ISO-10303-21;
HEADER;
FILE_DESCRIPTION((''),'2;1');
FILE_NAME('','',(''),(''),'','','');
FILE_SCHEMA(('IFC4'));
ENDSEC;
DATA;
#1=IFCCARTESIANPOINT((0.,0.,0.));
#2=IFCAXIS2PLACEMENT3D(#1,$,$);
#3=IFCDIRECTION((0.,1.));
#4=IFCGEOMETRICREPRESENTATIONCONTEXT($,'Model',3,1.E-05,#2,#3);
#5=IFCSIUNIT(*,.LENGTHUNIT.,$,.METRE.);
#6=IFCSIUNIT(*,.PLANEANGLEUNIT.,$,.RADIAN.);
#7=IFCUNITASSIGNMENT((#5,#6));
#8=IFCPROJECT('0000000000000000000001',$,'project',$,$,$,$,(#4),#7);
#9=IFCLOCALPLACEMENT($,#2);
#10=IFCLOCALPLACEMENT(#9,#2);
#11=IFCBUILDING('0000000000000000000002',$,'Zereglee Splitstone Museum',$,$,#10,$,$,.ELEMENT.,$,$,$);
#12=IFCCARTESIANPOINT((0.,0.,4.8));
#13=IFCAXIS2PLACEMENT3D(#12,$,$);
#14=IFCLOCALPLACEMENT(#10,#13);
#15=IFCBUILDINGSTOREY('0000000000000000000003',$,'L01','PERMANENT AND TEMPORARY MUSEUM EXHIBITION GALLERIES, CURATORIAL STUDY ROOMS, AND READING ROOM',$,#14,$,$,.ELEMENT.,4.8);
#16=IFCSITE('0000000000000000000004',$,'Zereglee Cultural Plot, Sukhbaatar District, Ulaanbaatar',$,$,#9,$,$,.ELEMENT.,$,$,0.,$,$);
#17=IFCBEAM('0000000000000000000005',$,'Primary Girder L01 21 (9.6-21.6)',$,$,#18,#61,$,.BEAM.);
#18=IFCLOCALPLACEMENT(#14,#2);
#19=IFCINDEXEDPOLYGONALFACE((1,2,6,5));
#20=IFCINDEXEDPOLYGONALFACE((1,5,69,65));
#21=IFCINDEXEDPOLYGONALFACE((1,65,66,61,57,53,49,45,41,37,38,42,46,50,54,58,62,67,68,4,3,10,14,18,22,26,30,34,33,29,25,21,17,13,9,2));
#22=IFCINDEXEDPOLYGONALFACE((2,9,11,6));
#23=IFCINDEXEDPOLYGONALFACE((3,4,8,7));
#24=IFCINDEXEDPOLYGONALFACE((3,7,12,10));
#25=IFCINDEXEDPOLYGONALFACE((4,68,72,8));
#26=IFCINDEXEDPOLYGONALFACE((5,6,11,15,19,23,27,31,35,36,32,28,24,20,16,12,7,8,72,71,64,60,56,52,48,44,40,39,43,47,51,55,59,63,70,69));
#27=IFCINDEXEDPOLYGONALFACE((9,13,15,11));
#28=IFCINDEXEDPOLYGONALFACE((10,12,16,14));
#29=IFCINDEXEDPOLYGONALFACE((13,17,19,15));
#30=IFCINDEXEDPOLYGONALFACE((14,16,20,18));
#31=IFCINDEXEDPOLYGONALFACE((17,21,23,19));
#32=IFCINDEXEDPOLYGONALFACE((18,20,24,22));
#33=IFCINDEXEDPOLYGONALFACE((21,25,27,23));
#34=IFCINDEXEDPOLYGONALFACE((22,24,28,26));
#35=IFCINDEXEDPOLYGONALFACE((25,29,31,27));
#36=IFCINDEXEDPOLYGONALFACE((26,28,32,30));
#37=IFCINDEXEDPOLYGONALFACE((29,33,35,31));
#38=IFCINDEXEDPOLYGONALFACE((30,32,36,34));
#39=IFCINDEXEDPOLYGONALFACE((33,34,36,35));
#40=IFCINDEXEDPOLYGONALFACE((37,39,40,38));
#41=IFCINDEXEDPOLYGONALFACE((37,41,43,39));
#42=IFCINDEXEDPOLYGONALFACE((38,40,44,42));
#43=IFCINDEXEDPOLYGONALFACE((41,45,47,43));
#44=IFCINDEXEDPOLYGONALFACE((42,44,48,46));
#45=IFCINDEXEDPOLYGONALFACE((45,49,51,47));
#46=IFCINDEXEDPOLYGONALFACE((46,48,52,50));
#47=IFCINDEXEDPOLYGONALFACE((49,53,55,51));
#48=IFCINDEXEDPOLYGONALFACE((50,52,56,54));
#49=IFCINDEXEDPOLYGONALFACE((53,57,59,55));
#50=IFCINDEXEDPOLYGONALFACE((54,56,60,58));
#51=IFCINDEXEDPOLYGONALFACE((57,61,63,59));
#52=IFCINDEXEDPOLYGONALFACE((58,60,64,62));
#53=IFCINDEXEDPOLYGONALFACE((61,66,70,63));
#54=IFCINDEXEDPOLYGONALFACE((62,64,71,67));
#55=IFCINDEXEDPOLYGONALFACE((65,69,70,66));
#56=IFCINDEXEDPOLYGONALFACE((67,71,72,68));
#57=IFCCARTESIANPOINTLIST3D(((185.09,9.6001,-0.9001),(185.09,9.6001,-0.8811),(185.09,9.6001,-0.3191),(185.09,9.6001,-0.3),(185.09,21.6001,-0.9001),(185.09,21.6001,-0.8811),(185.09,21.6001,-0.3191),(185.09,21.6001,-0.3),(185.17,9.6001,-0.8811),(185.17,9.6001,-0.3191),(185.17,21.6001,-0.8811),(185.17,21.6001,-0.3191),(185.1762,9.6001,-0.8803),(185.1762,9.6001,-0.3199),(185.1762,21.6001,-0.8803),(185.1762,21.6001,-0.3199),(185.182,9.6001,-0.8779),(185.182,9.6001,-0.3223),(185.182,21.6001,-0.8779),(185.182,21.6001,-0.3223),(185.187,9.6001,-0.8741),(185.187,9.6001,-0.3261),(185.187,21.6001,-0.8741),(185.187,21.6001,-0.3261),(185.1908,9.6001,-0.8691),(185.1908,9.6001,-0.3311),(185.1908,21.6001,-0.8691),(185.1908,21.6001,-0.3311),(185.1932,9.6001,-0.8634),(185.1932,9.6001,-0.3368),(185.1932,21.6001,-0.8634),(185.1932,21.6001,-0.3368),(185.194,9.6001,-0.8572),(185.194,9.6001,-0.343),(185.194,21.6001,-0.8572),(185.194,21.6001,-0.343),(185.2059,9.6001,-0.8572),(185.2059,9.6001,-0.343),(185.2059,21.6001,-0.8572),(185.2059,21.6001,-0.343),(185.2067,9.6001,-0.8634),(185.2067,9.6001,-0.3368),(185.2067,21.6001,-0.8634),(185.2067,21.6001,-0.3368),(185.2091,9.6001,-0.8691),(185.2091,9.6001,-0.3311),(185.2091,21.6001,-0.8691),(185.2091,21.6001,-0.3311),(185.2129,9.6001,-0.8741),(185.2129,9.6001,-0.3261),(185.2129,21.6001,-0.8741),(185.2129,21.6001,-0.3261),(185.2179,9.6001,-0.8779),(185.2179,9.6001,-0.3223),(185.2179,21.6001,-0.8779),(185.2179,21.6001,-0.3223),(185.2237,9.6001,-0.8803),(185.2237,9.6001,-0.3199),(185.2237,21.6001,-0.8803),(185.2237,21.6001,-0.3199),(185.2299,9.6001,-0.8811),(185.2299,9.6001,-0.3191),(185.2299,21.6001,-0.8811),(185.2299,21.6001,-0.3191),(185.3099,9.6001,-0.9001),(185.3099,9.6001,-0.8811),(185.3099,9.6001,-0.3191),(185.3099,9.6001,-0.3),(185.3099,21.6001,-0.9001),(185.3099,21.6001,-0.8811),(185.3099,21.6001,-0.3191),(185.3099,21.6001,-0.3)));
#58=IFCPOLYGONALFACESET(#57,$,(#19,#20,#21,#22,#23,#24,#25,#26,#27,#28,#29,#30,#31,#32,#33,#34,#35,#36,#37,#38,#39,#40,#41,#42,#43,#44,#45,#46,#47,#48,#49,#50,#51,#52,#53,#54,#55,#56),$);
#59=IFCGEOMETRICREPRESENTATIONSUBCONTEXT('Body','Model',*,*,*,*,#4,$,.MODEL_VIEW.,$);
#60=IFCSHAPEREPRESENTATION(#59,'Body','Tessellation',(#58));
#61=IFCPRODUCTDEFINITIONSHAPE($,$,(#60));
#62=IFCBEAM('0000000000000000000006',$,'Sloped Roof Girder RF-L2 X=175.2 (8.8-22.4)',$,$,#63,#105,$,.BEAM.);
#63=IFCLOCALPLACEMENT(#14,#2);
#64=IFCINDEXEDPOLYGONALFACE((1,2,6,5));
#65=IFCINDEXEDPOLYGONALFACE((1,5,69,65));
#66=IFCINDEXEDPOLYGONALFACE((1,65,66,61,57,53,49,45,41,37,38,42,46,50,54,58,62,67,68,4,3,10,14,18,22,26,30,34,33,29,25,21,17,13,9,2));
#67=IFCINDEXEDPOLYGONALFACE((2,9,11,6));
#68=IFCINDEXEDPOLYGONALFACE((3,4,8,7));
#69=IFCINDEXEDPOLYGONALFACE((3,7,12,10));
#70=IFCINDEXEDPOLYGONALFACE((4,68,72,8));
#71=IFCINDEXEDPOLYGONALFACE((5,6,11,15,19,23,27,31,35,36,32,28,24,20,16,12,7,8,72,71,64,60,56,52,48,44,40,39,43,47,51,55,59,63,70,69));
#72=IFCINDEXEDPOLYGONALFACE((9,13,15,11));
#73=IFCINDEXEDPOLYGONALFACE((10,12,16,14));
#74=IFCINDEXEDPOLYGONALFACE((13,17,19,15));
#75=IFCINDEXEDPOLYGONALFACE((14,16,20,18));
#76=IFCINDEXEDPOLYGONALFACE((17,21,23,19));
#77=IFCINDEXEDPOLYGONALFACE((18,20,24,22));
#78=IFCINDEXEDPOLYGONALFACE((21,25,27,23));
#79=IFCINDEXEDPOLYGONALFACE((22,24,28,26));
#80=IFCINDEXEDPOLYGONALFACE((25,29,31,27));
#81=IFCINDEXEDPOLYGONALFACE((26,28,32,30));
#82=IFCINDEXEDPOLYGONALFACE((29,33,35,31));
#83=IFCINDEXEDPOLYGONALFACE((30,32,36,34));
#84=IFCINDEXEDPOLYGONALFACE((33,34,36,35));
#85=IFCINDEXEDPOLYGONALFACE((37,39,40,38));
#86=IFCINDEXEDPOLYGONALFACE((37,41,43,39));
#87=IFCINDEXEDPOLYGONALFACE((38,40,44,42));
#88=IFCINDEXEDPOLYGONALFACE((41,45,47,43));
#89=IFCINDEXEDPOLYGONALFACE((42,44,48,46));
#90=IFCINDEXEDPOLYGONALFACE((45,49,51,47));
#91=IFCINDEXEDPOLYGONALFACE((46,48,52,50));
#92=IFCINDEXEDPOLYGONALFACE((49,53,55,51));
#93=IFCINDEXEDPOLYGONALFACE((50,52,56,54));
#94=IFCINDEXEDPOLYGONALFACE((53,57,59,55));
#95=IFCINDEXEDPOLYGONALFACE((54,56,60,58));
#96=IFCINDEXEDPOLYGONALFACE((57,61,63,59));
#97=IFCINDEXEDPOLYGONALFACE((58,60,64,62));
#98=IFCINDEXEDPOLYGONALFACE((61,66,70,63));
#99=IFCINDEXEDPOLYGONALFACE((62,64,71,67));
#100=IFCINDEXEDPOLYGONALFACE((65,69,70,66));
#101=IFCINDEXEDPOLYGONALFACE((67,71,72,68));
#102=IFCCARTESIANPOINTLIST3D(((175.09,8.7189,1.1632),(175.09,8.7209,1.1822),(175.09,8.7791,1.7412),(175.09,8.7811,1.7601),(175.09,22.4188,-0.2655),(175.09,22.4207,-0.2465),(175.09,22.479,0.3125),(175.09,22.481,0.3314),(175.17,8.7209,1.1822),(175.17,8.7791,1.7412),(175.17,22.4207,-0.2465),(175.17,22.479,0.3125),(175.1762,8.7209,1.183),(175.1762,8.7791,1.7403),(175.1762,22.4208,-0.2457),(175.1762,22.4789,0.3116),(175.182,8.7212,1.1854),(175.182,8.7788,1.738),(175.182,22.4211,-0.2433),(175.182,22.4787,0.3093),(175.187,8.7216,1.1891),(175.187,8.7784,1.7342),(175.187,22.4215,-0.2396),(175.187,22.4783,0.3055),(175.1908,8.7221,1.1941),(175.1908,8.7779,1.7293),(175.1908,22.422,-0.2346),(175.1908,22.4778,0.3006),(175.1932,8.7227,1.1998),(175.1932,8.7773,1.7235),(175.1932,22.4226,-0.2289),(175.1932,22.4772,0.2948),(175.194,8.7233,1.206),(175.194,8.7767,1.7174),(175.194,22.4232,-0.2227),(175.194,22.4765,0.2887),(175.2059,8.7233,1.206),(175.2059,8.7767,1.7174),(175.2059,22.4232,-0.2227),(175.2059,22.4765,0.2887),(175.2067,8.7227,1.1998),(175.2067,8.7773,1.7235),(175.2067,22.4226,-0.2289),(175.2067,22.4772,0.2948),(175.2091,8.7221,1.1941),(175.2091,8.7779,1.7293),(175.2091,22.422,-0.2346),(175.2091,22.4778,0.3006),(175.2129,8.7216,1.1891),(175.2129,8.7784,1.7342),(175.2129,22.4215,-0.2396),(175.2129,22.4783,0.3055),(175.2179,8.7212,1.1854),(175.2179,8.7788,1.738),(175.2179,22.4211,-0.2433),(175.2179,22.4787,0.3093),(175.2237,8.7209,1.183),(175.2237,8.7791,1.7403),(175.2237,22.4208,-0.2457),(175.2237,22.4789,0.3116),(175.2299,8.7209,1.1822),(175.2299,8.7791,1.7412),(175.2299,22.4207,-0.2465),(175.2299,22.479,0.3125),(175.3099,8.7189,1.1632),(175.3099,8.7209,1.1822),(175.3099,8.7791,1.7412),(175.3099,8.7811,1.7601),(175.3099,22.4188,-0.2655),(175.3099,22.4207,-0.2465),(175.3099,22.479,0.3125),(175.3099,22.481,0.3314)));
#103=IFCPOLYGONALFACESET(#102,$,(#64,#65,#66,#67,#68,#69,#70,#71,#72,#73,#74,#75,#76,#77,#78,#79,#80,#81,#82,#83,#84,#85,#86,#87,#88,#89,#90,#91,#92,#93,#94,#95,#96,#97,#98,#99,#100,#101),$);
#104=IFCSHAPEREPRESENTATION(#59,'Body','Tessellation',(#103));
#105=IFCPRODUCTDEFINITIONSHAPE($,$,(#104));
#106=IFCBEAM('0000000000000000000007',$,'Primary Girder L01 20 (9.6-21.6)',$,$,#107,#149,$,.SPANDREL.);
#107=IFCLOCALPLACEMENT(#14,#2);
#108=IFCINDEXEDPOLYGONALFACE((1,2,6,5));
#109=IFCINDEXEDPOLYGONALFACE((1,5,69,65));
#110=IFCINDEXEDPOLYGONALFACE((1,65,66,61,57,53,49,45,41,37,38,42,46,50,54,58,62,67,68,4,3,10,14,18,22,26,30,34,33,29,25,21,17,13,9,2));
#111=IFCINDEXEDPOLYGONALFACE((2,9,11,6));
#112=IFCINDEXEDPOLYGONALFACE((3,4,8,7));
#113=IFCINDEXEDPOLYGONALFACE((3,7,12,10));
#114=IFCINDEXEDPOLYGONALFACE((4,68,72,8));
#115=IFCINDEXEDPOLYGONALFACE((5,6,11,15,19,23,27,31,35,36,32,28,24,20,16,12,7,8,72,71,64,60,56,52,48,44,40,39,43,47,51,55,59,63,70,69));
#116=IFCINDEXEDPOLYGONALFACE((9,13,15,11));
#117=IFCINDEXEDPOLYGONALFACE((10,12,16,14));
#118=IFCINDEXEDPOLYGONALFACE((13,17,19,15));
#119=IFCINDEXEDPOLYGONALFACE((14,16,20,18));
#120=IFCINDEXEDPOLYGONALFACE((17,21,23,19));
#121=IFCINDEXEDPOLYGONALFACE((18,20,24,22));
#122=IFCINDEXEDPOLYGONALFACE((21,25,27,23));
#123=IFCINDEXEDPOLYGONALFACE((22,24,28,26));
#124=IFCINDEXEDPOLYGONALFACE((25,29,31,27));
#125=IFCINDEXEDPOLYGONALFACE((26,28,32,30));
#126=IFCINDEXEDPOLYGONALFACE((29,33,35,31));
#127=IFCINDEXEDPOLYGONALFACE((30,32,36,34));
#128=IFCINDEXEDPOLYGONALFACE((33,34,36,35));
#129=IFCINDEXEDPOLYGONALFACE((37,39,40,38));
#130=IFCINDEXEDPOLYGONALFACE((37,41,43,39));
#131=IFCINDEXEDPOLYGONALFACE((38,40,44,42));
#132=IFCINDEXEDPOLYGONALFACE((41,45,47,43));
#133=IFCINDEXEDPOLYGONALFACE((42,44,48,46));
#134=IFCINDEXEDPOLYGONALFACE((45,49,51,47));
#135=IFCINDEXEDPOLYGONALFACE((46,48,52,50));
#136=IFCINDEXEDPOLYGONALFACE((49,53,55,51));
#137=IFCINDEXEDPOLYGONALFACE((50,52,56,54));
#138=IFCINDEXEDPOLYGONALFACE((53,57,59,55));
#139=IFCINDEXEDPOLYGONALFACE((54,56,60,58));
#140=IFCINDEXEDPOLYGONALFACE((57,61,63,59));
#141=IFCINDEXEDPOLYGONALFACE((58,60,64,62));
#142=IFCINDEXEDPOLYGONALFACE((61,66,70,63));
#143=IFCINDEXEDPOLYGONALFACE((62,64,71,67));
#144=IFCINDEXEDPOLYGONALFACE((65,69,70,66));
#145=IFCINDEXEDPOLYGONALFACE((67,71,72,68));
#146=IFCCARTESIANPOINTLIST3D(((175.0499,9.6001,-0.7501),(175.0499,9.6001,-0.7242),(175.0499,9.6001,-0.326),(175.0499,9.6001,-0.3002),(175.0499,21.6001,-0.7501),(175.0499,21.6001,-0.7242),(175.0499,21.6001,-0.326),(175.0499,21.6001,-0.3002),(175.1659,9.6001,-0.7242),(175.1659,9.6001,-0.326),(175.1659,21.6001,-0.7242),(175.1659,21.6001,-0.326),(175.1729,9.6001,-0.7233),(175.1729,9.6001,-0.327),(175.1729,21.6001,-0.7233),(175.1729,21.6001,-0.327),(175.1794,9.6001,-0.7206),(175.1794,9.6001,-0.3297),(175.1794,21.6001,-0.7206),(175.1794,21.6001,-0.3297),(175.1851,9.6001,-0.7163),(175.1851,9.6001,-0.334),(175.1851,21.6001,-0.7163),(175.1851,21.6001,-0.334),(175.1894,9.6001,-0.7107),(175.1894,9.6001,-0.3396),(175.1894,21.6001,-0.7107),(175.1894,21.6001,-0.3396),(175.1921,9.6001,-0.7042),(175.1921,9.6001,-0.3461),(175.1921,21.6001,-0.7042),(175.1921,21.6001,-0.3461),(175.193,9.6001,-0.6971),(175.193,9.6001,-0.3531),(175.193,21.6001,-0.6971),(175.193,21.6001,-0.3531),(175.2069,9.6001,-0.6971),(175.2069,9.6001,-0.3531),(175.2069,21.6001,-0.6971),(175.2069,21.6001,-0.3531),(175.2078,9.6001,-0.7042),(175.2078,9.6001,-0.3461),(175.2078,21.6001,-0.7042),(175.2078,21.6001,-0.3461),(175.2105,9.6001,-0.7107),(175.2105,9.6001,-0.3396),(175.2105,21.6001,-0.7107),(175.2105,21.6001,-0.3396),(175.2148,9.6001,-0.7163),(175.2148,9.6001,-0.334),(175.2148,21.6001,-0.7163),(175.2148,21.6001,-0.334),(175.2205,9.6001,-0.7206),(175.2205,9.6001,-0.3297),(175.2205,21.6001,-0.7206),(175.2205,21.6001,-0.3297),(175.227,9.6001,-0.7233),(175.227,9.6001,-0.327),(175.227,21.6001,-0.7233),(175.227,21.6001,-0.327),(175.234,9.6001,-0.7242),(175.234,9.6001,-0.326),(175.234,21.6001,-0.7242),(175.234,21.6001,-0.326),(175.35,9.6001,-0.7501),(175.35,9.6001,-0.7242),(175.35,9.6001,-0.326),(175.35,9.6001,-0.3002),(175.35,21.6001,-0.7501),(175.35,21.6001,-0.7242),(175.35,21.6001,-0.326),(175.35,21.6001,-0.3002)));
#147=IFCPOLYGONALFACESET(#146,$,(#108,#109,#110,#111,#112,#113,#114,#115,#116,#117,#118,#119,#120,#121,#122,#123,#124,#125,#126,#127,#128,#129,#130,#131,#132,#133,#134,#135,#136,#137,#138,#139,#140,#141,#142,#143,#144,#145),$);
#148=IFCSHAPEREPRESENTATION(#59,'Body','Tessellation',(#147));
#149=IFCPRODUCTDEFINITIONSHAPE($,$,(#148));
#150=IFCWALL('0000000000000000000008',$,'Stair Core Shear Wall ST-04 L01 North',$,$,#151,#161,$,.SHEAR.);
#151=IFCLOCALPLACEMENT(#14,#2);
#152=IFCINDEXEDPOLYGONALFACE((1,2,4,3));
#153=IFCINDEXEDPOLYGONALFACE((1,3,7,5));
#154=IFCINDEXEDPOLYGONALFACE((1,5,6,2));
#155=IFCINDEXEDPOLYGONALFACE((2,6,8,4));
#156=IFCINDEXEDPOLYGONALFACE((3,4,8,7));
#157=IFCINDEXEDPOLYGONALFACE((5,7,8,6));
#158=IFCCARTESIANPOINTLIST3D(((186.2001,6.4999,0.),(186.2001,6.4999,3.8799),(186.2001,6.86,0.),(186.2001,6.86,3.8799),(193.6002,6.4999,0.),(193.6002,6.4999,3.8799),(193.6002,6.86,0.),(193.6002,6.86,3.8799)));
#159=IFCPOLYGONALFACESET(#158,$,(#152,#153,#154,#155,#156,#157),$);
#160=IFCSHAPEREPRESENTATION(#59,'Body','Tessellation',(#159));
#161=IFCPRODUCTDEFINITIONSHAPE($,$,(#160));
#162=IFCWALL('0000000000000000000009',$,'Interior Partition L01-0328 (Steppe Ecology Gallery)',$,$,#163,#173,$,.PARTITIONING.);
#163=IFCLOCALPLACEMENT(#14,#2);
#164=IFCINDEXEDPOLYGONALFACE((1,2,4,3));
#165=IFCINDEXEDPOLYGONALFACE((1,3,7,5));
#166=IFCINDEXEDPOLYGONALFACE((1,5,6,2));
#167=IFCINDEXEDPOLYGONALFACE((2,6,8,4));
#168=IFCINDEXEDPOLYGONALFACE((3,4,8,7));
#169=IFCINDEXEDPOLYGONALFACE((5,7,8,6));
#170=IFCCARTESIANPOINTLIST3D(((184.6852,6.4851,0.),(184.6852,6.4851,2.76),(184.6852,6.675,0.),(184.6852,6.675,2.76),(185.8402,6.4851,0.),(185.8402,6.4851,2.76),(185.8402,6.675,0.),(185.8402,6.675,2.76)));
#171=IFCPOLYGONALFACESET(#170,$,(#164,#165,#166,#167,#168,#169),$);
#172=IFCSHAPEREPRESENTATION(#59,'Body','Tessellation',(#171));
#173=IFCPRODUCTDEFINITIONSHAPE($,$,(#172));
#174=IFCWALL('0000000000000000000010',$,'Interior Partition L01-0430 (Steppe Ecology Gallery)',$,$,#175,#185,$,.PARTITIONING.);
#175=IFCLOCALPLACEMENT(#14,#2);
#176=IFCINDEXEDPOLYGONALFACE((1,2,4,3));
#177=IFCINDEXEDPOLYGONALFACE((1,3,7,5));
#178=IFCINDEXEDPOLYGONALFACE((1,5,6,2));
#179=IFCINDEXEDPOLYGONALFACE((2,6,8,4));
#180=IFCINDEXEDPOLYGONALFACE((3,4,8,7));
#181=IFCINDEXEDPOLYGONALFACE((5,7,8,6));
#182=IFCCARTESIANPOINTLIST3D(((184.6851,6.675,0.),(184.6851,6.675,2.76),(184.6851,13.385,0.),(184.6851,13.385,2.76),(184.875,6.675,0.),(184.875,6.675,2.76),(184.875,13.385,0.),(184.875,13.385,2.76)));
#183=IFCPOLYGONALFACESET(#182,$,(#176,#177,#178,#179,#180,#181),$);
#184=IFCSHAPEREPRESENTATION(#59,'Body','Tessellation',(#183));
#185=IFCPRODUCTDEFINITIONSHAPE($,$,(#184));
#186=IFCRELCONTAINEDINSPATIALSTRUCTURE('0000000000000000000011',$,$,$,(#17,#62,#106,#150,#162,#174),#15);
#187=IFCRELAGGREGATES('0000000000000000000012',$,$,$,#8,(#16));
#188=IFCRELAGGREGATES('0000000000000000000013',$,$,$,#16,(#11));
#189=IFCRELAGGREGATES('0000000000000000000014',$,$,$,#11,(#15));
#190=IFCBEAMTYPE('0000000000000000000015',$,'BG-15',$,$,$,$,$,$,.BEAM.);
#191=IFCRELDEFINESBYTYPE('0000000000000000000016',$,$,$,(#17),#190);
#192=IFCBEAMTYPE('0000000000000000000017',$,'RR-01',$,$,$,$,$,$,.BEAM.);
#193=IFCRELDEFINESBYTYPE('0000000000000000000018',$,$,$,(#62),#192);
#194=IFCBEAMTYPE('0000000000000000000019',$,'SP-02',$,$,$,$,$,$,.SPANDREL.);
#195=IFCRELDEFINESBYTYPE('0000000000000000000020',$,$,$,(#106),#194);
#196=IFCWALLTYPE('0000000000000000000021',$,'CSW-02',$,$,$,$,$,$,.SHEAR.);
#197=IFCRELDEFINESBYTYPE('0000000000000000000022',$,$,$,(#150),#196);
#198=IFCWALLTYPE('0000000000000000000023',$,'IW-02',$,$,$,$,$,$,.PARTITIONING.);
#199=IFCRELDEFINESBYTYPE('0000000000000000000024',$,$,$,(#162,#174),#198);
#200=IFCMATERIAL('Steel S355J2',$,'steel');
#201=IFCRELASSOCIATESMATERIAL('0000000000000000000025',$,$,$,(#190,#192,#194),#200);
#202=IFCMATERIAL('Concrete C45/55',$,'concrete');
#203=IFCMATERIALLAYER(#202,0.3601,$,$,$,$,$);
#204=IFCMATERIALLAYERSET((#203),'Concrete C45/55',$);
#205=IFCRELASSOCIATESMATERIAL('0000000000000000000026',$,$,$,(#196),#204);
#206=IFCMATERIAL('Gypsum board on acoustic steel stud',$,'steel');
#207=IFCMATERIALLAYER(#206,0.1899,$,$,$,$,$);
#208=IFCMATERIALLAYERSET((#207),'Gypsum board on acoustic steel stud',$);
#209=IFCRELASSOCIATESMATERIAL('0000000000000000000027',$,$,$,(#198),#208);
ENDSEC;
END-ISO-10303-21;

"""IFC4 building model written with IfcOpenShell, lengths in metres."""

from ifc_helpers import new_model, si_unit, direction, frame, frame_2d, origin, origin_2d, place, context, subcontext, project, spatial, rectangle, i_section, extrude, material, layer, layer_set, material_profile, profile_set, type_object, element, save


model = new_model("IFC4")

# Units and contexts
model_context = context("Model", 3, precision=1e-05, world=origin(), true_north=direction((0.0, 1.0)))
body_context = subcontext(model_context, "Body", "Model", "MODEL_VIEW")
ifc_project = project(units=[si_unit("LENGTHUNIT", "METRE"), si_unit("PLANEANGLEUNIT", "RADIAN")], contexts=[model_context])

# Site, building, storey
site_placement = place(None, origin())
site = spatial("IfcSite", under=ifc_project, at=site_placement, Name="Zereglee Cultural Plot, Sukhbaatar District, Ulaanbaatar", CompositionType="ELEMENT", RefElevation=0.0)
building_placement = place(site_placement, origin())
building = spatial("IfcBuilding", under=site, at=building_placement, Name="Zereglee Splitstone Museum", CompositionType="ELEMENT")
storey_placement = place(building_placement, frame((0.0, 0.0, 4.8)))
storey = spatial("IfcBuildingStorey", under=building, at=storey_placement, Name="L01", Description="PERMANENT AND TEMPORARY MUSEUM EXHIBITION GALLERIES, CURATORIAL STUDY ROOMS, AND READING ROOM", CompositionType="ELEMENT", Elevation=4.8)

# Shared definitions
ifc_material_1 = material(Name="Steel S355J2", Category="steel")

# Beams
ifc_material_profile_1 = material_profile(ifc_material_1, i_section(OverallWidth=0.22, OverallDepth=0.6001, WebThickness=0.012, FlangeThickness=0.019, FilletRadius=0.0239, at=origin_2d()), Name="IPE 600")
ifc_profile_set_1 = profile_set([ifc_material_profile_1], Name="Steel S355J2")
beam_type_1 = type_object("IfcBeamType", Name="BG-15", PredefinedType="BEAM", material=ifc_profile_set_1)
beam_1_placement = place(storey_placement, frame((185.2, 9.6001, -0.6001), z_axis=(0.0, 1.0, 0.0), x_axis=(-1.0, 0.0, 0.0)))
element("IfcBeam", 1, at=beam_1_placement, inside=storey, type_object=beam_type_1, Name="Primary Girder L01 21 (9.6-21.6)", PredefinedType="BEAM", context=body_context, shape_type="SweptSolid", body=[
    extrude(i_section(OverallWidth=0.22, OverallDepth=0.6001, WebThickness=0.012, FlangeThickness=0.019, FilletRadius=0.0239, at=origin_2d()), origin(), (0.0, 0.0, 1.0), 12.0),
])
ifc_material_profile_2 = material_profile(ifc_material_1, i_section(OverallWidth=0.22, OverallDepth=0.6001, WebThickness=0.012, FlangeThickness=0.019, FilletRadius=0.0239, at=origin_2d()), Name="IPE 600")
ifc_profile_set_2 = profile_set([ifc_material_profile_2], Name="Steel S355J2")
beam_type_2 = type_object("IfcBeamType", Name="RR-01", PredefinedType="BEAM", material=ifc_profile_set_2)
beam_2_placement = place(storey_placement, frame((175.2, 8.75, 1.4617), z_axis=(0.0, 0.994606, -0.103723), x_axis=(-1.0, 0.0, 0.0)))
element("IfcBeam", 2, at=beam_2_placement, inside=storey, type_object=beam_type_2, Name="Sloped Roof Girder RF-L2 X=175.2 (8.8-22.4)", PredefinedType="BEAM", context=body_context, shape_type="SweptSolid", body=[
    extrude(i_section(OverallWidth=0.22, OverallDepth=0.6001, WebThickness=0.012, FlangeThickness=0.019, FilletRadius=0.0239, at=origin_2d()), origin(), (0.0, 0.0, 1.0), 13.7742),
])
ifc_material_profile_3 = material_profile(ifc_material_1, i_section(OverallWidth=0.3, OverallDepth=0.45, WebThickness=0.0139, FlangeThickness=0.0259, FilletRadius=0.0271, at=origin_2d()), Name="HE 450 B")
ifc_profile_set_3 = profile_set([ifc_material_profile_3], Name="Steel S355J2")
beam_type_3 = type_object("IfcBeamType", Name="SP-02", PredefinedType="SPANDREL", material=ifc_profile_set_3)
beam_3_placement = place(storey_placement, frame((175.2, 9.6001, -0.5251), z_axis=(0.0, 1.0, 0.0), x_axis=(-1.0, 0.0, 0.0)))
element("IfcBeam", 3, at=beam_3_placement, inside=storey, type_object=beam_type_3, Name="Primary Girder L01 20 (9.6-21.6)", PredefinedType="SPANDREL", context=body_context, shape_type="SweptSolid", body=[
    extrude(i_section(OverallWidth=0.3, OverallDepth=0.45, WebThickness=0.0139, FlangeThickness=0.0259, FilletRadius=0.0271, at=origin_2d()), origin(), (0.0, 0.0, 1.0), 12.0),
])

# Walls
ifc_material_2 = material(Name="Concrete C45/55", Category="concrete")
ifc_layer_1 = layer(ifc_material_2, 0.3601)
ifc_layer_set_1 = layer_set([ifc_layer_1], Name="Concrete C45/55")
wall_type_1 = type_object("IfcWallType", Name="CSW-02", PredefinedType="SHEAR", material=ifc_layer_set_1)
wall_1_placement = place(storey_placement, frame((186.2, 6.6799, 0.0), z_axis=(0.0, 0.0, 1.0), x_axis=(1.0, 0.0, 0.0)))
element("IfcWall", 4, at=wall_1_placement, inside=storey, type_object=wall_type_1, Name="Stair Core Shear Wall ST-04 L01 North", PredefinedType="SHEAR", context=body_context, shape_type="SweptSolid", body=[
    extrude(rectangle(XDim=7.4001, YDim=0.3601, at=frame_2d((3.7002, 0.0))), origin(), (0.0, 0.0, 1.0), 3.8799),
])
ifc_material_3 = material(Name="Gypsum board on acoustic steel stud", Category="steel")
ifc_layer_2 = layer(ifc_material_3, 0.1899)
ifc_layer_set_2 = layer_set([ifc_layer_2], Name="Gypsum board on acoustic steel stud")
wall_type_2 = type_object("IfcWallType", Name="IW-02", PredefinedType="PARTITIONING", material=ifc_layer_set_2)
wall_2_placement = place(storey_placement, frame((184.6851, 6.5801, 0.0), z_axis=(0.0, 0.0, 1.0), x_axis=(1.0, 0.0, 0.0)))
element("IfcWall", 5, at=wall_2_placement, inside=storey, type_object=wall_type_2, Name="Interior Partition L01-0328 (Steppe Ecology Gallery)", PredefinedType="PARTITIONING", context=body_context, shape_type="SweptSolid", body=[
    extrude(rectangle(XDim=1.155, YDim=0.1899, at=frame_2d((0.5776, 0.0))), origin(), (0.0, 0.0, 1.0), 2.76),
])
wall_3_placement = place(storey_placement, frame((184.78, 6.675, 0.0), z_axis=(0.0, 0.0, 1.0), x_axis=(0.0, 1.0, 0.0)))
element("IfcWall", 6, at=wall_3_placement, inside=storey, type_object=wall_type_2, Name="Interior Partition L01-0430 (Steppe Ecology Gallery)", PredefinedType="PARTITIONING", context=body_context, shape_type="SweptSolid", body=[
    extrude(rectangle(XDim=6.71, YDim=0.1899, at=frame_2d((3.355, 0.0))), origin(), (0.0, 0.0, 1.0), 2.76),
])

save(model, "model.ifc")
